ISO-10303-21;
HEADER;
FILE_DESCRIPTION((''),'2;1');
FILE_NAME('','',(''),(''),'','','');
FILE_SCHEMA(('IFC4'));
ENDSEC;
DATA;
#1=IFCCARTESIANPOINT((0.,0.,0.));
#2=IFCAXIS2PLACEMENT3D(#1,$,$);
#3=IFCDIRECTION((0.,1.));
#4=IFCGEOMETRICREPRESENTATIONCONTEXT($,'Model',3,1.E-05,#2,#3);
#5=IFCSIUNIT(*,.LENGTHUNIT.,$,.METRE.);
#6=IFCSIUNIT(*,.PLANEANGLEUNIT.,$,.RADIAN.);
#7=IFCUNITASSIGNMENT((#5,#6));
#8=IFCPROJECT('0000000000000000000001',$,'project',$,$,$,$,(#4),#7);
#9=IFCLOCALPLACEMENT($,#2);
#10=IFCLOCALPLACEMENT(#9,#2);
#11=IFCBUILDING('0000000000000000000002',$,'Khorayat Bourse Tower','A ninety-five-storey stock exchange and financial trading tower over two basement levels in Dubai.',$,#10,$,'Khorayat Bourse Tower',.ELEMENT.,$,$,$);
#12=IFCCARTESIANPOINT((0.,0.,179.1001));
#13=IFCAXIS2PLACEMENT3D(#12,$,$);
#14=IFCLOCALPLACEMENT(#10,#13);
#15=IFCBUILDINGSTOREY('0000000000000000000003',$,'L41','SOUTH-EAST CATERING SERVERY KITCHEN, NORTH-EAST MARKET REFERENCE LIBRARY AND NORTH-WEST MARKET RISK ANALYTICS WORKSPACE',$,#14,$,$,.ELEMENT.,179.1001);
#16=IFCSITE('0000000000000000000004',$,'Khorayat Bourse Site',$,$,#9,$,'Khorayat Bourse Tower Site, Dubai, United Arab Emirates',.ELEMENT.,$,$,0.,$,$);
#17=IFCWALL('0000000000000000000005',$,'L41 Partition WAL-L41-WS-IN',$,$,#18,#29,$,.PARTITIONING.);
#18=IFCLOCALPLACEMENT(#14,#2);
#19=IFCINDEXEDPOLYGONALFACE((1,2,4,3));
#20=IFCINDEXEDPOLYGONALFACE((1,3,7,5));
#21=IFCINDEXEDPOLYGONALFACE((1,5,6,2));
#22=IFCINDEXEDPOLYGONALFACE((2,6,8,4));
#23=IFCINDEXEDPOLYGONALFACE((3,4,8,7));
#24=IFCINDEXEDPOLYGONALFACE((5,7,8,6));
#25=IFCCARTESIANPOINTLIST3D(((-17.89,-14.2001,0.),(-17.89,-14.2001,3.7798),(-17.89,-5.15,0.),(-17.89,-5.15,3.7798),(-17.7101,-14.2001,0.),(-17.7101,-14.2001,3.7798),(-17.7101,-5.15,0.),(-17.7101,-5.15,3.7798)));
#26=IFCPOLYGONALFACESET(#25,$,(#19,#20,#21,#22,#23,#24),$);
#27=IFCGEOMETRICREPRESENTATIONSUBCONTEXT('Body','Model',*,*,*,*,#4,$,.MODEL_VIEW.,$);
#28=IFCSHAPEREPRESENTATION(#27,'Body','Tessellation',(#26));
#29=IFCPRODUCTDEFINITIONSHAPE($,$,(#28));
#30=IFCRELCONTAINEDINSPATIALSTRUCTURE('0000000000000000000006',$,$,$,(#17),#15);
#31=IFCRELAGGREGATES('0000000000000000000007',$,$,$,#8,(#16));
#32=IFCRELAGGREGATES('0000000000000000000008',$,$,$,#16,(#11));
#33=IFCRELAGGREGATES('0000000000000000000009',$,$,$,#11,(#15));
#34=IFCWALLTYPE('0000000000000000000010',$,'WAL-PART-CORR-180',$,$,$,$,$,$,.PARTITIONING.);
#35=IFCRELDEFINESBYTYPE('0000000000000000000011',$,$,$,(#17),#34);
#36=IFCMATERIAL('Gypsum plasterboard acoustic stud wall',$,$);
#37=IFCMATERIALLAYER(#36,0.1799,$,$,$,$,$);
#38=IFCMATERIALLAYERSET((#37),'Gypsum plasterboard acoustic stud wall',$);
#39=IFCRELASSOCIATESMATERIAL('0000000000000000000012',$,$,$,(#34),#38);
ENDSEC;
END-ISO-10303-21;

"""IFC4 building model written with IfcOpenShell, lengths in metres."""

from ifc_helpers import new_model, si_unit, direction, frame, frame_2d, origin, place, context, subcontext, project, spatial, rectangle, extrude, source, transform, mapped, material, layer, layer_set, type_object, element, save


model = new_model("IFC4")

# Units and contexts
model_context = context("Model", 3, precision=1e-05, world=origin(), true_north=direction((0.0, 1.0)))
body_context = subcontext(model_context, "Body", "Model", "MODEL_VIEW")
ifc_project = project(units=[si_unit("LENGTHUNIT", "METRE"), si_unit("PLANEANGLEUNIT", "RADIAN")], contexts=[model_context])

# Site, building, storey
site_placement = place(None, origin())
site = spatial("IfcSite", under=ifc_project, at=site_placement, Name="Khorayat Bourse Site", LongName="Khorayat Bourse Tower Site, Dubai, United Arab Emirates", CompositionType="ELEMENT", RefElevation=0.0)
building_placement = place(site_placement, origin())
building = spatial("IfcBuilding", under=site, at=building_placement, Name="Khorayat Bourse Tower", Description="A ninety-five-storey stock exchange and financial trading tower over two basement levels in Dubai.", LongName="Khorayat Bourse Tower", CompositionType="ELEMENT")
storey_placement = place(building_placement, frame((0.0, 0.0, 179.1001)))
storey = spatial("IfcBuildingStorey", under=building, at=storey_placement, Name="L41", Description="SOUTH-EAST CATERING SERVERY KITCHEN, NORTH-EAST MARKET REFERENCE LIBRARY AND NORTH-WEST MARKET RISK ANALYTICS WORKSPACE", CompositionType="ELEMENT", Elevation=179.1001)

# Shared definitions
ifc_material_1 = material(Name="Gypsum plasterboard acoustic stud wall")
ifc_layer_1 = layer(ifc_material_1, 0.1799)
ifc_layer_set_1 = layer_set([ifc_layer_1], Name="Gypsum plasterboard acoustic stud wall")
wall_type_1 = type_object("IfcWallType", Name="WAL-PART-CORR-180", PredefinedType="PARTITIONING", material=ifc_layer_set_1)

# Wall
shared_shape_1 = source(origin(), body_context, "Body", "SweptSolid", [
    extrude(rectangle(XDim=9.05, YDim=0.1799, at=frame_2d((4.5249, 0.0))), origin(), (0.0, 0.0, 1.0), 3.7798),
])
wall_1_placement = place(storey_placement, frame((-17.8, -14.2, 0.0), z_axis=(0.0, 0.0, 1.0), x_axis=(0.0, 1.0, 0.0)))
element("IfcWall", 1, at=wall_1_placement, inside=storey, type_object=wall_type_1, Name="L41 Partition WAL-L41-WS-IN", PredefinedType="PARTITIONING", context=body_context, shape_type="MappedRepresentation", body=[
    mapped(shared_shape_1, transform((0.0, 0.0, 0.0), scale=1.0)),
])

save(model, "model.ifc")
